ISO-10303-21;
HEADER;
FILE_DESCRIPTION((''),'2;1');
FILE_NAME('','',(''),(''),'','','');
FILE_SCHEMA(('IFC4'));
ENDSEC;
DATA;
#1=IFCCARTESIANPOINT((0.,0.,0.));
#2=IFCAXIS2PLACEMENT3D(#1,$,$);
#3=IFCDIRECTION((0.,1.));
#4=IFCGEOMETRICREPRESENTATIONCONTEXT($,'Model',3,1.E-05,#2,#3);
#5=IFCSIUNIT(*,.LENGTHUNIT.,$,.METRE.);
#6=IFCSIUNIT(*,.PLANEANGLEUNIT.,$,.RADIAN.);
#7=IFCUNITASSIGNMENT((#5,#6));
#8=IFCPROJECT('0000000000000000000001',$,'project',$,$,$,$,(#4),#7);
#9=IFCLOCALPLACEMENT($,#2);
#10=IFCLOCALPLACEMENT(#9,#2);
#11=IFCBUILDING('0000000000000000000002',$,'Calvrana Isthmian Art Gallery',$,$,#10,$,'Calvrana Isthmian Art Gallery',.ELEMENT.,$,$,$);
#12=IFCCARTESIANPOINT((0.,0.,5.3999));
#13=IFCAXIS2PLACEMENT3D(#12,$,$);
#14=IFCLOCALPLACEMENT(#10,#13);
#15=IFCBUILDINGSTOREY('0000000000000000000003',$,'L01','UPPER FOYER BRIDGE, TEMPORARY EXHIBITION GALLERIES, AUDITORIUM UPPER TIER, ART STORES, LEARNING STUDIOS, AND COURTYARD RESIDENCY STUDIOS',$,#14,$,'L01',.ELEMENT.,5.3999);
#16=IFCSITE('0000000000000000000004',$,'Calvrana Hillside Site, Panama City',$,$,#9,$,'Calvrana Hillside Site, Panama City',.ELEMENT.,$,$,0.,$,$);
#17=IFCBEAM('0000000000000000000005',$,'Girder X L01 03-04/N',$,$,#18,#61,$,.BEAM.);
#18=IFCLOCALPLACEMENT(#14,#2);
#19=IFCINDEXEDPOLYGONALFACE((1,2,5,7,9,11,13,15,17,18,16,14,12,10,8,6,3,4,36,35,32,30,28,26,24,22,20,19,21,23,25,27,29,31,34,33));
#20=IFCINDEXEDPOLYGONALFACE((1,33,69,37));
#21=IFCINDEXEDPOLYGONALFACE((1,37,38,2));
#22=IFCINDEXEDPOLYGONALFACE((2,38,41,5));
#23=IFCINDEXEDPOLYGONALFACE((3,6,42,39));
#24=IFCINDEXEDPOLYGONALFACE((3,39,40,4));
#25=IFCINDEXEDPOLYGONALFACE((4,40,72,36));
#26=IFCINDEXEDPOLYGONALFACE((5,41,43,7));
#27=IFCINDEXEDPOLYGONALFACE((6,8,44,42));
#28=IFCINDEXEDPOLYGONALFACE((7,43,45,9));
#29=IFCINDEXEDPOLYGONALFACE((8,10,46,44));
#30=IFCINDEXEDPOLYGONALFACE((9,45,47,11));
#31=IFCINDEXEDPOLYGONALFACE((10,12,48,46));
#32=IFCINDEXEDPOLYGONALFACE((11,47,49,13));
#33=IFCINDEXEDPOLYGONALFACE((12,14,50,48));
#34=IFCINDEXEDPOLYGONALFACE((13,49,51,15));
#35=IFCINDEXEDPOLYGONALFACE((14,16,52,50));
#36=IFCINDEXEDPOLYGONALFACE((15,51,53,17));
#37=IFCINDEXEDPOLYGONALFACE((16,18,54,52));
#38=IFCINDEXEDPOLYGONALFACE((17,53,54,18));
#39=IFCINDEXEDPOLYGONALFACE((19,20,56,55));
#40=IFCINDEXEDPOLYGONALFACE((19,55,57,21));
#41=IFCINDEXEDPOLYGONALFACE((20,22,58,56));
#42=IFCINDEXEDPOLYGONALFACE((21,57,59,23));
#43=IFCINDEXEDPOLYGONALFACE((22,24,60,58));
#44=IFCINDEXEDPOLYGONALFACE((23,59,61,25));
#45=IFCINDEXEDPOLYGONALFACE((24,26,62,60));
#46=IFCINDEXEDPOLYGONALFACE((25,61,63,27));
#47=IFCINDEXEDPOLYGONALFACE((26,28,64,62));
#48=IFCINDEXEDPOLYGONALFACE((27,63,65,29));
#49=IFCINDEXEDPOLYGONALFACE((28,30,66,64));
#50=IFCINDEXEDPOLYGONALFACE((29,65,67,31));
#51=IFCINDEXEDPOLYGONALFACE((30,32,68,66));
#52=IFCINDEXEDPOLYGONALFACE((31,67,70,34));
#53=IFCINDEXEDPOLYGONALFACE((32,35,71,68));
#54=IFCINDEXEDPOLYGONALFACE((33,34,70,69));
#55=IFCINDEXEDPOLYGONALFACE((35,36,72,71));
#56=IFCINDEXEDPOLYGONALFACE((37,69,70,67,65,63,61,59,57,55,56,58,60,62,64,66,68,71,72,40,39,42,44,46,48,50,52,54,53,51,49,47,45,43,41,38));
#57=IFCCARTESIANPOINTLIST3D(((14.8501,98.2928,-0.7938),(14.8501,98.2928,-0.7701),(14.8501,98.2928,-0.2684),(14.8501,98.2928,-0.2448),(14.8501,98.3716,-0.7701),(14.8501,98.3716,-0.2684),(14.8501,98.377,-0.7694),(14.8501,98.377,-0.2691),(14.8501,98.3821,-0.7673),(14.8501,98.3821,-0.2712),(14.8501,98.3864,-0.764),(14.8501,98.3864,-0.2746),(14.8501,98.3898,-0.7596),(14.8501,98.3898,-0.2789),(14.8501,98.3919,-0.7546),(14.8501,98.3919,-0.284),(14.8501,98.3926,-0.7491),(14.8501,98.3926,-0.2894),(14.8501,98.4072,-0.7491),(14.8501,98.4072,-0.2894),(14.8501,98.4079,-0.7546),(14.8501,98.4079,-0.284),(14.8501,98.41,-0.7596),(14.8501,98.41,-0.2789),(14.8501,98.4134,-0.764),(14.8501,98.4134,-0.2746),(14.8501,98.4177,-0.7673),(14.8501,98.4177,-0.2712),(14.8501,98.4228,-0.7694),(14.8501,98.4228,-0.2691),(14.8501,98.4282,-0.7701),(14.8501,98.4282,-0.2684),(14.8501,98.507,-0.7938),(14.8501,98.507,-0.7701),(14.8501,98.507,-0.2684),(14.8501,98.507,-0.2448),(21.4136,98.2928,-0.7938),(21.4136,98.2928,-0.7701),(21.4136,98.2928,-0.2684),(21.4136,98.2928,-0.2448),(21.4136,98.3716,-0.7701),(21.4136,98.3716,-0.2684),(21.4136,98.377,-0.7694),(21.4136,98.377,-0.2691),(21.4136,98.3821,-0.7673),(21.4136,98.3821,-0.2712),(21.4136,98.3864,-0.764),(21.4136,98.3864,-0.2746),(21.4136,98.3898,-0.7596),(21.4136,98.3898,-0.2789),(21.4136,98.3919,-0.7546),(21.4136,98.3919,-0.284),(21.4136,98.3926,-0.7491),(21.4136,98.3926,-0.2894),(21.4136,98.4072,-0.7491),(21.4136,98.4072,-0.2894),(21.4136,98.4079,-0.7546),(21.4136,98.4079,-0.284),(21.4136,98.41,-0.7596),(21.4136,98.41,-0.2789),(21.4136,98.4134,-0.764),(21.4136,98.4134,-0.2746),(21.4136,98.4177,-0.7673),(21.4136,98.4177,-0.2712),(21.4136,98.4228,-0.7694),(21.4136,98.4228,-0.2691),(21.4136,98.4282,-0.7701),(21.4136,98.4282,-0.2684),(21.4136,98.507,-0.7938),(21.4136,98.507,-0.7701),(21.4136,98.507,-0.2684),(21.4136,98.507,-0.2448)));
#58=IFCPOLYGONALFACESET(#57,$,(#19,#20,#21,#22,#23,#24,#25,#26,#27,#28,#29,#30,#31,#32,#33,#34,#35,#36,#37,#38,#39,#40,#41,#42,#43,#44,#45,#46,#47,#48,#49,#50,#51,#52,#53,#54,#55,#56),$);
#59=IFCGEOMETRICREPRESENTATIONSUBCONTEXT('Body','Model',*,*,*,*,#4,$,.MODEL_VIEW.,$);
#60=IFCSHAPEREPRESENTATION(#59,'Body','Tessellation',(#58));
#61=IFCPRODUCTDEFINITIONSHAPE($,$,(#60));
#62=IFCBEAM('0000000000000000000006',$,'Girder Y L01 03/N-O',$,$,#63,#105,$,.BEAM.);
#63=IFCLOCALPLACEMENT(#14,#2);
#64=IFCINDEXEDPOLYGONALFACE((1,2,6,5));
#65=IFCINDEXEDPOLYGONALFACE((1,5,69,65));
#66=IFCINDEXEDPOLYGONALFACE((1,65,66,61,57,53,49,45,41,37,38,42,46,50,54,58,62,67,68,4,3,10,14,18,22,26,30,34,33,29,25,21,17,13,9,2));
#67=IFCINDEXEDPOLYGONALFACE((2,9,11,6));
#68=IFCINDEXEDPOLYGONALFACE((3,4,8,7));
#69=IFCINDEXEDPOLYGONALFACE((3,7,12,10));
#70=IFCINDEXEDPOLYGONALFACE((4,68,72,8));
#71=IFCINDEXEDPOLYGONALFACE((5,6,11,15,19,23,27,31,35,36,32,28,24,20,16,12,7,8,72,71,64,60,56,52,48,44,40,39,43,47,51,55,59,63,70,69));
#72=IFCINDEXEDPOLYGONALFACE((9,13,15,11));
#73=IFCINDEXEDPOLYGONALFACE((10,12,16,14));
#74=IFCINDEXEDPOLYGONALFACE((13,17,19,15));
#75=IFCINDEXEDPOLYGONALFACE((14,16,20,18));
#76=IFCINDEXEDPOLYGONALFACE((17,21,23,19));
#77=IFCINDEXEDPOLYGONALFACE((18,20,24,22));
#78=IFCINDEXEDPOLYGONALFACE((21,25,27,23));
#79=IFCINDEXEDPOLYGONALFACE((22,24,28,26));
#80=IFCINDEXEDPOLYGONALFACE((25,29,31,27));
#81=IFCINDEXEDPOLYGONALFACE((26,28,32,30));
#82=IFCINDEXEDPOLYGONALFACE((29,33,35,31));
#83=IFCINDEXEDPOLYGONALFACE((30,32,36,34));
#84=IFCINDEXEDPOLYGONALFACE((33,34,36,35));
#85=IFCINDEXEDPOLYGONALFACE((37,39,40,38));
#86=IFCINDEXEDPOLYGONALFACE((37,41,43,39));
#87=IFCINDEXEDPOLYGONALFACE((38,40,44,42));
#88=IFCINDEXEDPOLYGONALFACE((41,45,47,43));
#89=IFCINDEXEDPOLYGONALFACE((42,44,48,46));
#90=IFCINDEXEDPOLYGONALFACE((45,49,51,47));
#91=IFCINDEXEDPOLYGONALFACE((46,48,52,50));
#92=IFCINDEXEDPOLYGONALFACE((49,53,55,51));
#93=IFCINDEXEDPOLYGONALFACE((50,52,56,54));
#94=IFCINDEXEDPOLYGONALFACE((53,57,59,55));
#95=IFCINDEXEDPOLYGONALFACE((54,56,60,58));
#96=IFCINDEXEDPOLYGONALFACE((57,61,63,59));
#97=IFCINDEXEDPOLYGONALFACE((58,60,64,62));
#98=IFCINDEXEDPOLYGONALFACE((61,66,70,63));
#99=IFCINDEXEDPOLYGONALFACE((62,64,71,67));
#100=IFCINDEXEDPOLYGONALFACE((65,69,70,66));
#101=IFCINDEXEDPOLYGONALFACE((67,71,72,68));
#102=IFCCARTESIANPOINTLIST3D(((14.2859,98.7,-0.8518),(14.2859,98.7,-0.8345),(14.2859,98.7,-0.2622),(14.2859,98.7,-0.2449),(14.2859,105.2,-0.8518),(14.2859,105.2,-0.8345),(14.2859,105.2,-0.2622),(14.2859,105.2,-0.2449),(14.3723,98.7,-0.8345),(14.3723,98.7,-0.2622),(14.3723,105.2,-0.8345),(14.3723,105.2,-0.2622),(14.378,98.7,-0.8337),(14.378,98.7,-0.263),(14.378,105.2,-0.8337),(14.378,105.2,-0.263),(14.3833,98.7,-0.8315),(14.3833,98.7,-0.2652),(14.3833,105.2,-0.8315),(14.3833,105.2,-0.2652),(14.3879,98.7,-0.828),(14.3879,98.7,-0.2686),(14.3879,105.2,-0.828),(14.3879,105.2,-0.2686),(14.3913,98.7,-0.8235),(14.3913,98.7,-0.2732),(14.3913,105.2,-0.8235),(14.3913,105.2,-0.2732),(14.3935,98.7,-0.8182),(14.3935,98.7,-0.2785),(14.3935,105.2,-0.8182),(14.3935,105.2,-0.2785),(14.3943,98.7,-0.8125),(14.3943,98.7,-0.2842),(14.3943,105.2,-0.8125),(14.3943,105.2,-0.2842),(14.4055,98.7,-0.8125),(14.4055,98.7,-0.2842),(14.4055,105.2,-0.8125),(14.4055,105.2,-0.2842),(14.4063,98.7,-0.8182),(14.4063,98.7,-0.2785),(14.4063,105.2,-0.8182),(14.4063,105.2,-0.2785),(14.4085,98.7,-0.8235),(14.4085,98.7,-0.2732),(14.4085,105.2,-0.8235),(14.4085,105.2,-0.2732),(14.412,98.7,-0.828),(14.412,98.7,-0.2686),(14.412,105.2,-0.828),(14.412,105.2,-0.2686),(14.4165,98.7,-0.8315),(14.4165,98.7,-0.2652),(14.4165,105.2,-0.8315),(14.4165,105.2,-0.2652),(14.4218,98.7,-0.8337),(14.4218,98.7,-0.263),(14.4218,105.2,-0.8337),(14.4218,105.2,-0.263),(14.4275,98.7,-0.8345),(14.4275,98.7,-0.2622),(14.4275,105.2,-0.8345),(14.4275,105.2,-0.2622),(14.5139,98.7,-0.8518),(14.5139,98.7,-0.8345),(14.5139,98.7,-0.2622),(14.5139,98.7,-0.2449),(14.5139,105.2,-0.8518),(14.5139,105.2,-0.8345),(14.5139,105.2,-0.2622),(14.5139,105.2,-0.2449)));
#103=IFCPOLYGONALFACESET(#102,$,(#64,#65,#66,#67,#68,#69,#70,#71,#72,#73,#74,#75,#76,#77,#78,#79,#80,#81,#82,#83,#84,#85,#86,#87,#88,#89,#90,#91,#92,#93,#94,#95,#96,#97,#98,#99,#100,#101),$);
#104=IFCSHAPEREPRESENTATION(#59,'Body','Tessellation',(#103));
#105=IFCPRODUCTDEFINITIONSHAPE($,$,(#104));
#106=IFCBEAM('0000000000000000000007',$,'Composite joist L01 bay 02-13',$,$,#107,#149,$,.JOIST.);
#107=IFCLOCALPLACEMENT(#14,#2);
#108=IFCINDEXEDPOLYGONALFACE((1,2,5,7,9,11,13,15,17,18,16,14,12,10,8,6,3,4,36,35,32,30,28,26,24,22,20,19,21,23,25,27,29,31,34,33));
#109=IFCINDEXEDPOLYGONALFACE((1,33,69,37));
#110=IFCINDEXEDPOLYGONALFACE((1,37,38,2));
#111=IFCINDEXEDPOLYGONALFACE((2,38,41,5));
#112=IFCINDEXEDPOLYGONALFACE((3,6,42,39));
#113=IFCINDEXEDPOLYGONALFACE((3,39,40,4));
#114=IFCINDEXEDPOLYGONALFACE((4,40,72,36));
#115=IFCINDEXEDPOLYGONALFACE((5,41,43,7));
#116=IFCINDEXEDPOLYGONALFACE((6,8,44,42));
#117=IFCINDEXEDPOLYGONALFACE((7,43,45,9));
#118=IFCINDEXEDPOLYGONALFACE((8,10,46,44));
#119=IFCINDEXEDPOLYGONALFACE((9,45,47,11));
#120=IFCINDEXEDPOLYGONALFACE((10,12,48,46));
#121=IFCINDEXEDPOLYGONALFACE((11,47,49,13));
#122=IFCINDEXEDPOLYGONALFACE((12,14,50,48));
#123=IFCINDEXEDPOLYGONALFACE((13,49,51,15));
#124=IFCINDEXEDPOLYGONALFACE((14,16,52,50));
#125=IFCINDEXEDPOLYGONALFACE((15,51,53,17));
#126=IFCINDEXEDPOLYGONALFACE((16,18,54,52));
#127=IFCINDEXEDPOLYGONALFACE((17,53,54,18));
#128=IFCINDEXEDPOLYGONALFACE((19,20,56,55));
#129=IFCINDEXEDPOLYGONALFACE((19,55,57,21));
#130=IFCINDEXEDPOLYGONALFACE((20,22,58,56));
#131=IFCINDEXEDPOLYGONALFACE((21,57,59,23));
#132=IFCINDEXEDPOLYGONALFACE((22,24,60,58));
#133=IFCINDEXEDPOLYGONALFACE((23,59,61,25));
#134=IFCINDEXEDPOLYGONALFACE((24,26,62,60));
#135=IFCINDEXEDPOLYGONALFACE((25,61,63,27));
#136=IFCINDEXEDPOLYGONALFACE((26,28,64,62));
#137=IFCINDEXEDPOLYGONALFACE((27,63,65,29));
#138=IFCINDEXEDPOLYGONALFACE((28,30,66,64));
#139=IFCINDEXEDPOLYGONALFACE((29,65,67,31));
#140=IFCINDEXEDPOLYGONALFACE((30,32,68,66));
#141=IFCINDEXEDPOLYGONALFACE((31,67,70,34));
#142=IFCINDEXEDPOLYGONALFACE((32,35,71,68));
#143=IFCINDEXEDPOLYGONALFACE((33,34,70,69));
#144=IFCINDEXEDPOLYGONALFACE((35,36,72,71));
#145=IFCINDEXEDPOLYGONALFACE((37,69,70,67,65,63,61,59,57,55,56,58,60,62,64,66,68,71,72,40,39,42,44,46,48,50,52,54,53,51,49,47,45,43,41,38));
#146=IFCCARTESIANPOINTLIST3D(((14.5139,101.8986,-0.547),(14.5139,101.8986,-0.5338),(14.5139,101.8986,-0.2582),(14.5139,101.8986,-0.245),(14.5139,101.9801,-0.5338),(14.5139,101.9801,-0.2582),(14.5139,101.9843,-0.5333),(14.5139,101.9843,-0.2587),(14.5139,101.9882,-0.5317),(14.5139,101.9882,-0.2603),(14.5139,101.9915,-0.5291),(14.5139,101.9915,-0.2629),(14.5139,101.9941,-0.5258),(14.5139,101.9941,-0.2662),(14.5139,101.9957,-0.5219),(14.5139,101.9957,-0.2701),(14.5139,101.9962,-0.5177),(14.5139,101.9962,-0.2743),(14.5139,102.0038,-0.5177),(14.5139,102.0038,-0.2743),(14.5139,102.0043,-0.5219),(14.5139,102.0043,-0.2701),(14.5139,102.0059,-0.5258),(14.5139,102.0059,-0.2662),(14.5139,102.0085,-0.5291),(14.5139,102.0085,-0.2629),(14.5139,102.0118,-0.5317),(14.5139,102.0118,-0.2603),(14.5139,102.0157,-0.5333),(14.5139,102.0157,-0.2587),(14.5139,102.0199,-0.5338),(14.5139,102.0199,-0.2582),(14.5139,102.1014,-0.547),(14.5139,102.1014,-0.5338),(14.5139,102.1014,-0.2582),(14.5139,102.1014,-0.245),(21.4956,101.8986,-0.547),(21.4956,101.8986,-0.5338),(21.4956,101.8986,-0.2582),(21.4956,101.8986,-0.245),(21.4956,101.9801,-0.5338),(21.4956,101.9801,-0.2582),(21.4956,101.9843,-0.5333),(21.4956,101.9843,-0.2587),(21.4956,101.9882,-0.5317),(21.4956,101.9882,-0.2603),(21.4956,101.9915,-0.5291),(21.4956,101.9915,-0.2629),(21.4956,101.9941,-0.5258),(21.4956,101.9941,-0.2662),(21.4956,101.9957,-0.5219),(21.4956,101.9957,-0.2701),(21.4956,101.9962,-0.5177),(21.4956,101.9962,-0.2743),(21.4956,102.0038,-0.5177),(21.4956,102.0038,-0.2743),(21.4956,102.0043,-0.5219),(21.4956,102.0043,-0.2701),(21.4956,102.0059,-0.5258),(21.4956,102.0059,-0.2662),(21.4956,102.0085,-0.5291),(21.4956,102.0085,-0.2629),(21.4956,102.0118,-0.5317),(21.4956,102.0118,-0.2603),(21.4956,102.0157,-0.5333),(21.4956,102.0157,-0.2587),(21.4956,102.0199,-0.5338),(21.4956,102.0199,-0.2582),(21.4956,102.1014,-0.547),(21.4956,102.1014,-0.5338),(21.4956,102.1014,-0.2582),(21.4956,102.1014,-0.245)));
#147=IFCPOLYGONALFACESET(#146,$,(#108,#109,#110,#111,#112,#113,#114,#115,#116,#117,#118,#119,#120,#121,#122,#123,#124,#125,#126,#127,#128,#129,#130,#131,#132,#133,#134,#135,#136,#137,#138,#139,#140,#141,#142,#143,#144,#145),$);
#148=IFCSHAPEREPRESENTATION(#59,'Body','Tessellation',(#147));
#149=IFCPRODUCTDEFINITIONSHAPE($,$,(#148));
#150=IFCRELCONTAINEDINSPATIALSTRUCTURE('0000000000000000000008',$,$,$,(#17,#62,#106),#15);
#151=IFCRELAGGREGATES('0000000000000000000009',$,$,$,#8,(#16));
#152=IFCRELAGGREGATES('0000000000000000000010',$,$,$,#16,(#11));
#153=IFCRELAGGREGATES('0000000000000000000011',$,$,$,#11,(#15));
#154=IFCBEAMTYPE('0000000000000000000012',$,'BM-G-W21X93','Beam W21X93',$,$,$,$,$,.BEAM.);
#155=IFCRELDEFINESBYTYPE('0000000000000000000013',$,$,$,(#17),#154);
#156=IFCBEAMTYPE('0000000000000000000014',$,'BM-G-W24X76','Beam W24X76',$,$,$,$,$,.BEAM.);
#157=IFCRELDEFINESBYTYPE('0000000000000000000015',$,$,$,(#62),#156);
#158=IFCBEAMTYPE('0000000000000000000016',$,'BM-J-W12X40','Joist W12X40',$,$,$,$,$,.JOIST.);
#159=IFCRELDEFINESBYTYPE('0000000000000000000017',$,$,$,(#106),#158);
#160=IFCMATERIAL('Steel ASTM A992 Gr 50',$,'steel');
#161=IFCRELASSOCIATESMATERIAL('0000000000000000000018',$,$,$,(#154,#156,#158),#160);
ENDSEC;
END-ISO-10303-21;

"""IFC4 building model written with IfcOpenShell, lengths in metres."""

from ifc_helpers import new_model, si_unit, direction, frame, origin, origin_2d, place, context, subcontext, project, spatial, i_section, extrude, material, material_profile, profile_set, type_object, element, save


model = new_model("IFC4")

# Units and contexts
model_context = context("Model", 3, precision=1e-05, world=origin(), true_north=direction((0.0, 1.0)))
body_context = subcontext(model_context, "Body", "Model", "MODEL_VIEW")
ifc_project = project(units=[si_unit("LENGTHUNIT", "METRE"), si_unit("PLANEANGLEUNIT", "RADIAN")], contexts=[model_context])

# Site, building, storey
site_placement = place(None, origin())
site = spatial("IfcSite", under=ifc_project, at=site_placement, Name="Calvrana Hillside Site, Panama City", LongName="Calvrana Hillside Site, Panama City", CompositionType="ELEMENT", RefElevation=0.0)
building_placement = place(site_placement, origin())
building = spatial("IfcBuilding", under=site, at=building_placement, Name="Calvrana Isthmian Art Gallery", LongName="Calvrana Isthmian Art Gallery", CompositionType="ELEMENT")
storey_placement = place(building_placement, frame((0.0, 0.0, 5.3999)))
storey = spatial("IfcBuildingStorey", under=building, at=storey_placement, Name="L01", Description="UPPER FOYER BRIDGE, TEMPORARY EXHIBITION GALLERIES, AUDITORIUM UPPER TIER, ART STORES, LEARNING STUDIOS, AND COURTYARD RESIDENCY STUDIOS", LongName="L01", CompositionType="ELEMENT", Elevation=5.3999)

# Shared definitions
ifc_material_1 = material(Name="Steel ASTM A992 Gr 50", Category="steel")

# Beams
ifc_material_profile_1 = material_profile(ifc_material_1, i_section(OverallWidth=0.2141, OverallDepth=0.5491, WebThickness=0.0146, FlangeThickness=0.0237, FilletRadius=0.021, at=origin_2d()), Name="W21X93")
ifc_profile_set_1 = profile_set([ifc_material_profile_1], Name="Steel ASTM A992 Gr 50")
beam_type_1 = type_object("IfcBeamType", Name="BM-G-W21X93", Description="Beam W21X93", PredefinedType="BEAM", material=ifc_profile_set_1)
beam_1_placement = place(storey_placement, frame((14.8501, 98.3999, -0.5193), z_axis=(1.0, 0.0, 0.0), x_axis=(0.0, 1.0, 0.0)))
element("IfcBeam", 1, at=beam_1_placement, inside=storey, type_object=beam_type_1, Name="Girder X L01 03-04/N", PredefinedType="BEAM", context=body_context, shape_type="SweptSolid", body=[
    extrude(i_section(OverallWidth=0.2141, OverallDepth=0.5491, WebThickness=0.0146, FlangeThickness=0.0237, FilletRadius=0.021, at=origin_2d()), origin(), (0.0, 0.0, 1.0), 6.5635),
])
ifc_material_profile_2 = material_profile(ifc_material_1, i_section(OverallWidth=0.228, OverallDepth=0.6069, WebThickness=0.0112, FlangeThickness=0.0173, FilletRadius=0.022, at=origin_2d()), Name="W24X76")
ifc_profile_set_2 = profile_set([ifc_material_profile_2], Name="Steel ASTM A992 Gr 50")
beam_type_2 = type_object("IfcBeamType", Name="BM-G-W24X76", Description="Beam W24X76", PredefinedType="BEAM", material=ifc_profile_set_2)
beam_2_placement = place(storey_placement, frame((14.3999, 98.7, -0.5483), z_axis=(0.0, 1.0, 0.0), x_axis=(-1.0, 0.0, 0.0)))
element("IfcBeam", 2, at=beam_2_placement, inside=storey, type_object=beam_type_2, Name="Girder Y L01 03/N-O", PredefinedType="BEAM", context=body_context, shape_type="SweptSolid", body=[
    extrude(i_section(OverallWidth=0.228, OverallDepth=0.6069, WebThickness=0.0112, FlangeThickness=0.0173, FilletRadius=0.022, at=origin_2d()), origin(), (0.0, 0.0, 1.0), 6.5),
])
ifc_material_profile_3 = material_profile(ifc_material_1, i_section(OverallWidth=0.2029, OverallDepth=0.302, WebThickness=0.0076, FlangeThickness=0.0132, FilletRadius=0.0161, at=origin_2d()), Name="W12X40")
ifc_profile_set_3 = profile_set([ifc_material_profile_3], Name="Steel ASTM A992 Gr 50")
beam_type_3 = type_object("IfcBeamType", Name="BM-J-W12X40", Description="Joist W12X40", PredefinedType="JOIST", material=ifc_profile_set_3)
beam_3_placement = place(storey_placement, frame((14.5139, 102.0, -0.396), z_axis=(1.0, 0.0, 0.0), x_axis=(0.0, 1.0, 0.0)))
element("IfcBeam", 3, at=beam_3_placement, inside=storey, type_object=beam_type_3, Name="Composite joist L01 bay 02-13", PredefinedType="JOIST", context=body_context, shape_type="SweptSolid", body=[
    extrude(i_section(OverallWidth=0.2029, OverallDepth=0.302, WebThickness=0.0076, FlangeThickness=0.0132, FilletRadius=0.0161, at=origin_2d()), origin(), (0.0, 0.0, 1.0), 6.9817),
])

save(model, "model.ifc")
